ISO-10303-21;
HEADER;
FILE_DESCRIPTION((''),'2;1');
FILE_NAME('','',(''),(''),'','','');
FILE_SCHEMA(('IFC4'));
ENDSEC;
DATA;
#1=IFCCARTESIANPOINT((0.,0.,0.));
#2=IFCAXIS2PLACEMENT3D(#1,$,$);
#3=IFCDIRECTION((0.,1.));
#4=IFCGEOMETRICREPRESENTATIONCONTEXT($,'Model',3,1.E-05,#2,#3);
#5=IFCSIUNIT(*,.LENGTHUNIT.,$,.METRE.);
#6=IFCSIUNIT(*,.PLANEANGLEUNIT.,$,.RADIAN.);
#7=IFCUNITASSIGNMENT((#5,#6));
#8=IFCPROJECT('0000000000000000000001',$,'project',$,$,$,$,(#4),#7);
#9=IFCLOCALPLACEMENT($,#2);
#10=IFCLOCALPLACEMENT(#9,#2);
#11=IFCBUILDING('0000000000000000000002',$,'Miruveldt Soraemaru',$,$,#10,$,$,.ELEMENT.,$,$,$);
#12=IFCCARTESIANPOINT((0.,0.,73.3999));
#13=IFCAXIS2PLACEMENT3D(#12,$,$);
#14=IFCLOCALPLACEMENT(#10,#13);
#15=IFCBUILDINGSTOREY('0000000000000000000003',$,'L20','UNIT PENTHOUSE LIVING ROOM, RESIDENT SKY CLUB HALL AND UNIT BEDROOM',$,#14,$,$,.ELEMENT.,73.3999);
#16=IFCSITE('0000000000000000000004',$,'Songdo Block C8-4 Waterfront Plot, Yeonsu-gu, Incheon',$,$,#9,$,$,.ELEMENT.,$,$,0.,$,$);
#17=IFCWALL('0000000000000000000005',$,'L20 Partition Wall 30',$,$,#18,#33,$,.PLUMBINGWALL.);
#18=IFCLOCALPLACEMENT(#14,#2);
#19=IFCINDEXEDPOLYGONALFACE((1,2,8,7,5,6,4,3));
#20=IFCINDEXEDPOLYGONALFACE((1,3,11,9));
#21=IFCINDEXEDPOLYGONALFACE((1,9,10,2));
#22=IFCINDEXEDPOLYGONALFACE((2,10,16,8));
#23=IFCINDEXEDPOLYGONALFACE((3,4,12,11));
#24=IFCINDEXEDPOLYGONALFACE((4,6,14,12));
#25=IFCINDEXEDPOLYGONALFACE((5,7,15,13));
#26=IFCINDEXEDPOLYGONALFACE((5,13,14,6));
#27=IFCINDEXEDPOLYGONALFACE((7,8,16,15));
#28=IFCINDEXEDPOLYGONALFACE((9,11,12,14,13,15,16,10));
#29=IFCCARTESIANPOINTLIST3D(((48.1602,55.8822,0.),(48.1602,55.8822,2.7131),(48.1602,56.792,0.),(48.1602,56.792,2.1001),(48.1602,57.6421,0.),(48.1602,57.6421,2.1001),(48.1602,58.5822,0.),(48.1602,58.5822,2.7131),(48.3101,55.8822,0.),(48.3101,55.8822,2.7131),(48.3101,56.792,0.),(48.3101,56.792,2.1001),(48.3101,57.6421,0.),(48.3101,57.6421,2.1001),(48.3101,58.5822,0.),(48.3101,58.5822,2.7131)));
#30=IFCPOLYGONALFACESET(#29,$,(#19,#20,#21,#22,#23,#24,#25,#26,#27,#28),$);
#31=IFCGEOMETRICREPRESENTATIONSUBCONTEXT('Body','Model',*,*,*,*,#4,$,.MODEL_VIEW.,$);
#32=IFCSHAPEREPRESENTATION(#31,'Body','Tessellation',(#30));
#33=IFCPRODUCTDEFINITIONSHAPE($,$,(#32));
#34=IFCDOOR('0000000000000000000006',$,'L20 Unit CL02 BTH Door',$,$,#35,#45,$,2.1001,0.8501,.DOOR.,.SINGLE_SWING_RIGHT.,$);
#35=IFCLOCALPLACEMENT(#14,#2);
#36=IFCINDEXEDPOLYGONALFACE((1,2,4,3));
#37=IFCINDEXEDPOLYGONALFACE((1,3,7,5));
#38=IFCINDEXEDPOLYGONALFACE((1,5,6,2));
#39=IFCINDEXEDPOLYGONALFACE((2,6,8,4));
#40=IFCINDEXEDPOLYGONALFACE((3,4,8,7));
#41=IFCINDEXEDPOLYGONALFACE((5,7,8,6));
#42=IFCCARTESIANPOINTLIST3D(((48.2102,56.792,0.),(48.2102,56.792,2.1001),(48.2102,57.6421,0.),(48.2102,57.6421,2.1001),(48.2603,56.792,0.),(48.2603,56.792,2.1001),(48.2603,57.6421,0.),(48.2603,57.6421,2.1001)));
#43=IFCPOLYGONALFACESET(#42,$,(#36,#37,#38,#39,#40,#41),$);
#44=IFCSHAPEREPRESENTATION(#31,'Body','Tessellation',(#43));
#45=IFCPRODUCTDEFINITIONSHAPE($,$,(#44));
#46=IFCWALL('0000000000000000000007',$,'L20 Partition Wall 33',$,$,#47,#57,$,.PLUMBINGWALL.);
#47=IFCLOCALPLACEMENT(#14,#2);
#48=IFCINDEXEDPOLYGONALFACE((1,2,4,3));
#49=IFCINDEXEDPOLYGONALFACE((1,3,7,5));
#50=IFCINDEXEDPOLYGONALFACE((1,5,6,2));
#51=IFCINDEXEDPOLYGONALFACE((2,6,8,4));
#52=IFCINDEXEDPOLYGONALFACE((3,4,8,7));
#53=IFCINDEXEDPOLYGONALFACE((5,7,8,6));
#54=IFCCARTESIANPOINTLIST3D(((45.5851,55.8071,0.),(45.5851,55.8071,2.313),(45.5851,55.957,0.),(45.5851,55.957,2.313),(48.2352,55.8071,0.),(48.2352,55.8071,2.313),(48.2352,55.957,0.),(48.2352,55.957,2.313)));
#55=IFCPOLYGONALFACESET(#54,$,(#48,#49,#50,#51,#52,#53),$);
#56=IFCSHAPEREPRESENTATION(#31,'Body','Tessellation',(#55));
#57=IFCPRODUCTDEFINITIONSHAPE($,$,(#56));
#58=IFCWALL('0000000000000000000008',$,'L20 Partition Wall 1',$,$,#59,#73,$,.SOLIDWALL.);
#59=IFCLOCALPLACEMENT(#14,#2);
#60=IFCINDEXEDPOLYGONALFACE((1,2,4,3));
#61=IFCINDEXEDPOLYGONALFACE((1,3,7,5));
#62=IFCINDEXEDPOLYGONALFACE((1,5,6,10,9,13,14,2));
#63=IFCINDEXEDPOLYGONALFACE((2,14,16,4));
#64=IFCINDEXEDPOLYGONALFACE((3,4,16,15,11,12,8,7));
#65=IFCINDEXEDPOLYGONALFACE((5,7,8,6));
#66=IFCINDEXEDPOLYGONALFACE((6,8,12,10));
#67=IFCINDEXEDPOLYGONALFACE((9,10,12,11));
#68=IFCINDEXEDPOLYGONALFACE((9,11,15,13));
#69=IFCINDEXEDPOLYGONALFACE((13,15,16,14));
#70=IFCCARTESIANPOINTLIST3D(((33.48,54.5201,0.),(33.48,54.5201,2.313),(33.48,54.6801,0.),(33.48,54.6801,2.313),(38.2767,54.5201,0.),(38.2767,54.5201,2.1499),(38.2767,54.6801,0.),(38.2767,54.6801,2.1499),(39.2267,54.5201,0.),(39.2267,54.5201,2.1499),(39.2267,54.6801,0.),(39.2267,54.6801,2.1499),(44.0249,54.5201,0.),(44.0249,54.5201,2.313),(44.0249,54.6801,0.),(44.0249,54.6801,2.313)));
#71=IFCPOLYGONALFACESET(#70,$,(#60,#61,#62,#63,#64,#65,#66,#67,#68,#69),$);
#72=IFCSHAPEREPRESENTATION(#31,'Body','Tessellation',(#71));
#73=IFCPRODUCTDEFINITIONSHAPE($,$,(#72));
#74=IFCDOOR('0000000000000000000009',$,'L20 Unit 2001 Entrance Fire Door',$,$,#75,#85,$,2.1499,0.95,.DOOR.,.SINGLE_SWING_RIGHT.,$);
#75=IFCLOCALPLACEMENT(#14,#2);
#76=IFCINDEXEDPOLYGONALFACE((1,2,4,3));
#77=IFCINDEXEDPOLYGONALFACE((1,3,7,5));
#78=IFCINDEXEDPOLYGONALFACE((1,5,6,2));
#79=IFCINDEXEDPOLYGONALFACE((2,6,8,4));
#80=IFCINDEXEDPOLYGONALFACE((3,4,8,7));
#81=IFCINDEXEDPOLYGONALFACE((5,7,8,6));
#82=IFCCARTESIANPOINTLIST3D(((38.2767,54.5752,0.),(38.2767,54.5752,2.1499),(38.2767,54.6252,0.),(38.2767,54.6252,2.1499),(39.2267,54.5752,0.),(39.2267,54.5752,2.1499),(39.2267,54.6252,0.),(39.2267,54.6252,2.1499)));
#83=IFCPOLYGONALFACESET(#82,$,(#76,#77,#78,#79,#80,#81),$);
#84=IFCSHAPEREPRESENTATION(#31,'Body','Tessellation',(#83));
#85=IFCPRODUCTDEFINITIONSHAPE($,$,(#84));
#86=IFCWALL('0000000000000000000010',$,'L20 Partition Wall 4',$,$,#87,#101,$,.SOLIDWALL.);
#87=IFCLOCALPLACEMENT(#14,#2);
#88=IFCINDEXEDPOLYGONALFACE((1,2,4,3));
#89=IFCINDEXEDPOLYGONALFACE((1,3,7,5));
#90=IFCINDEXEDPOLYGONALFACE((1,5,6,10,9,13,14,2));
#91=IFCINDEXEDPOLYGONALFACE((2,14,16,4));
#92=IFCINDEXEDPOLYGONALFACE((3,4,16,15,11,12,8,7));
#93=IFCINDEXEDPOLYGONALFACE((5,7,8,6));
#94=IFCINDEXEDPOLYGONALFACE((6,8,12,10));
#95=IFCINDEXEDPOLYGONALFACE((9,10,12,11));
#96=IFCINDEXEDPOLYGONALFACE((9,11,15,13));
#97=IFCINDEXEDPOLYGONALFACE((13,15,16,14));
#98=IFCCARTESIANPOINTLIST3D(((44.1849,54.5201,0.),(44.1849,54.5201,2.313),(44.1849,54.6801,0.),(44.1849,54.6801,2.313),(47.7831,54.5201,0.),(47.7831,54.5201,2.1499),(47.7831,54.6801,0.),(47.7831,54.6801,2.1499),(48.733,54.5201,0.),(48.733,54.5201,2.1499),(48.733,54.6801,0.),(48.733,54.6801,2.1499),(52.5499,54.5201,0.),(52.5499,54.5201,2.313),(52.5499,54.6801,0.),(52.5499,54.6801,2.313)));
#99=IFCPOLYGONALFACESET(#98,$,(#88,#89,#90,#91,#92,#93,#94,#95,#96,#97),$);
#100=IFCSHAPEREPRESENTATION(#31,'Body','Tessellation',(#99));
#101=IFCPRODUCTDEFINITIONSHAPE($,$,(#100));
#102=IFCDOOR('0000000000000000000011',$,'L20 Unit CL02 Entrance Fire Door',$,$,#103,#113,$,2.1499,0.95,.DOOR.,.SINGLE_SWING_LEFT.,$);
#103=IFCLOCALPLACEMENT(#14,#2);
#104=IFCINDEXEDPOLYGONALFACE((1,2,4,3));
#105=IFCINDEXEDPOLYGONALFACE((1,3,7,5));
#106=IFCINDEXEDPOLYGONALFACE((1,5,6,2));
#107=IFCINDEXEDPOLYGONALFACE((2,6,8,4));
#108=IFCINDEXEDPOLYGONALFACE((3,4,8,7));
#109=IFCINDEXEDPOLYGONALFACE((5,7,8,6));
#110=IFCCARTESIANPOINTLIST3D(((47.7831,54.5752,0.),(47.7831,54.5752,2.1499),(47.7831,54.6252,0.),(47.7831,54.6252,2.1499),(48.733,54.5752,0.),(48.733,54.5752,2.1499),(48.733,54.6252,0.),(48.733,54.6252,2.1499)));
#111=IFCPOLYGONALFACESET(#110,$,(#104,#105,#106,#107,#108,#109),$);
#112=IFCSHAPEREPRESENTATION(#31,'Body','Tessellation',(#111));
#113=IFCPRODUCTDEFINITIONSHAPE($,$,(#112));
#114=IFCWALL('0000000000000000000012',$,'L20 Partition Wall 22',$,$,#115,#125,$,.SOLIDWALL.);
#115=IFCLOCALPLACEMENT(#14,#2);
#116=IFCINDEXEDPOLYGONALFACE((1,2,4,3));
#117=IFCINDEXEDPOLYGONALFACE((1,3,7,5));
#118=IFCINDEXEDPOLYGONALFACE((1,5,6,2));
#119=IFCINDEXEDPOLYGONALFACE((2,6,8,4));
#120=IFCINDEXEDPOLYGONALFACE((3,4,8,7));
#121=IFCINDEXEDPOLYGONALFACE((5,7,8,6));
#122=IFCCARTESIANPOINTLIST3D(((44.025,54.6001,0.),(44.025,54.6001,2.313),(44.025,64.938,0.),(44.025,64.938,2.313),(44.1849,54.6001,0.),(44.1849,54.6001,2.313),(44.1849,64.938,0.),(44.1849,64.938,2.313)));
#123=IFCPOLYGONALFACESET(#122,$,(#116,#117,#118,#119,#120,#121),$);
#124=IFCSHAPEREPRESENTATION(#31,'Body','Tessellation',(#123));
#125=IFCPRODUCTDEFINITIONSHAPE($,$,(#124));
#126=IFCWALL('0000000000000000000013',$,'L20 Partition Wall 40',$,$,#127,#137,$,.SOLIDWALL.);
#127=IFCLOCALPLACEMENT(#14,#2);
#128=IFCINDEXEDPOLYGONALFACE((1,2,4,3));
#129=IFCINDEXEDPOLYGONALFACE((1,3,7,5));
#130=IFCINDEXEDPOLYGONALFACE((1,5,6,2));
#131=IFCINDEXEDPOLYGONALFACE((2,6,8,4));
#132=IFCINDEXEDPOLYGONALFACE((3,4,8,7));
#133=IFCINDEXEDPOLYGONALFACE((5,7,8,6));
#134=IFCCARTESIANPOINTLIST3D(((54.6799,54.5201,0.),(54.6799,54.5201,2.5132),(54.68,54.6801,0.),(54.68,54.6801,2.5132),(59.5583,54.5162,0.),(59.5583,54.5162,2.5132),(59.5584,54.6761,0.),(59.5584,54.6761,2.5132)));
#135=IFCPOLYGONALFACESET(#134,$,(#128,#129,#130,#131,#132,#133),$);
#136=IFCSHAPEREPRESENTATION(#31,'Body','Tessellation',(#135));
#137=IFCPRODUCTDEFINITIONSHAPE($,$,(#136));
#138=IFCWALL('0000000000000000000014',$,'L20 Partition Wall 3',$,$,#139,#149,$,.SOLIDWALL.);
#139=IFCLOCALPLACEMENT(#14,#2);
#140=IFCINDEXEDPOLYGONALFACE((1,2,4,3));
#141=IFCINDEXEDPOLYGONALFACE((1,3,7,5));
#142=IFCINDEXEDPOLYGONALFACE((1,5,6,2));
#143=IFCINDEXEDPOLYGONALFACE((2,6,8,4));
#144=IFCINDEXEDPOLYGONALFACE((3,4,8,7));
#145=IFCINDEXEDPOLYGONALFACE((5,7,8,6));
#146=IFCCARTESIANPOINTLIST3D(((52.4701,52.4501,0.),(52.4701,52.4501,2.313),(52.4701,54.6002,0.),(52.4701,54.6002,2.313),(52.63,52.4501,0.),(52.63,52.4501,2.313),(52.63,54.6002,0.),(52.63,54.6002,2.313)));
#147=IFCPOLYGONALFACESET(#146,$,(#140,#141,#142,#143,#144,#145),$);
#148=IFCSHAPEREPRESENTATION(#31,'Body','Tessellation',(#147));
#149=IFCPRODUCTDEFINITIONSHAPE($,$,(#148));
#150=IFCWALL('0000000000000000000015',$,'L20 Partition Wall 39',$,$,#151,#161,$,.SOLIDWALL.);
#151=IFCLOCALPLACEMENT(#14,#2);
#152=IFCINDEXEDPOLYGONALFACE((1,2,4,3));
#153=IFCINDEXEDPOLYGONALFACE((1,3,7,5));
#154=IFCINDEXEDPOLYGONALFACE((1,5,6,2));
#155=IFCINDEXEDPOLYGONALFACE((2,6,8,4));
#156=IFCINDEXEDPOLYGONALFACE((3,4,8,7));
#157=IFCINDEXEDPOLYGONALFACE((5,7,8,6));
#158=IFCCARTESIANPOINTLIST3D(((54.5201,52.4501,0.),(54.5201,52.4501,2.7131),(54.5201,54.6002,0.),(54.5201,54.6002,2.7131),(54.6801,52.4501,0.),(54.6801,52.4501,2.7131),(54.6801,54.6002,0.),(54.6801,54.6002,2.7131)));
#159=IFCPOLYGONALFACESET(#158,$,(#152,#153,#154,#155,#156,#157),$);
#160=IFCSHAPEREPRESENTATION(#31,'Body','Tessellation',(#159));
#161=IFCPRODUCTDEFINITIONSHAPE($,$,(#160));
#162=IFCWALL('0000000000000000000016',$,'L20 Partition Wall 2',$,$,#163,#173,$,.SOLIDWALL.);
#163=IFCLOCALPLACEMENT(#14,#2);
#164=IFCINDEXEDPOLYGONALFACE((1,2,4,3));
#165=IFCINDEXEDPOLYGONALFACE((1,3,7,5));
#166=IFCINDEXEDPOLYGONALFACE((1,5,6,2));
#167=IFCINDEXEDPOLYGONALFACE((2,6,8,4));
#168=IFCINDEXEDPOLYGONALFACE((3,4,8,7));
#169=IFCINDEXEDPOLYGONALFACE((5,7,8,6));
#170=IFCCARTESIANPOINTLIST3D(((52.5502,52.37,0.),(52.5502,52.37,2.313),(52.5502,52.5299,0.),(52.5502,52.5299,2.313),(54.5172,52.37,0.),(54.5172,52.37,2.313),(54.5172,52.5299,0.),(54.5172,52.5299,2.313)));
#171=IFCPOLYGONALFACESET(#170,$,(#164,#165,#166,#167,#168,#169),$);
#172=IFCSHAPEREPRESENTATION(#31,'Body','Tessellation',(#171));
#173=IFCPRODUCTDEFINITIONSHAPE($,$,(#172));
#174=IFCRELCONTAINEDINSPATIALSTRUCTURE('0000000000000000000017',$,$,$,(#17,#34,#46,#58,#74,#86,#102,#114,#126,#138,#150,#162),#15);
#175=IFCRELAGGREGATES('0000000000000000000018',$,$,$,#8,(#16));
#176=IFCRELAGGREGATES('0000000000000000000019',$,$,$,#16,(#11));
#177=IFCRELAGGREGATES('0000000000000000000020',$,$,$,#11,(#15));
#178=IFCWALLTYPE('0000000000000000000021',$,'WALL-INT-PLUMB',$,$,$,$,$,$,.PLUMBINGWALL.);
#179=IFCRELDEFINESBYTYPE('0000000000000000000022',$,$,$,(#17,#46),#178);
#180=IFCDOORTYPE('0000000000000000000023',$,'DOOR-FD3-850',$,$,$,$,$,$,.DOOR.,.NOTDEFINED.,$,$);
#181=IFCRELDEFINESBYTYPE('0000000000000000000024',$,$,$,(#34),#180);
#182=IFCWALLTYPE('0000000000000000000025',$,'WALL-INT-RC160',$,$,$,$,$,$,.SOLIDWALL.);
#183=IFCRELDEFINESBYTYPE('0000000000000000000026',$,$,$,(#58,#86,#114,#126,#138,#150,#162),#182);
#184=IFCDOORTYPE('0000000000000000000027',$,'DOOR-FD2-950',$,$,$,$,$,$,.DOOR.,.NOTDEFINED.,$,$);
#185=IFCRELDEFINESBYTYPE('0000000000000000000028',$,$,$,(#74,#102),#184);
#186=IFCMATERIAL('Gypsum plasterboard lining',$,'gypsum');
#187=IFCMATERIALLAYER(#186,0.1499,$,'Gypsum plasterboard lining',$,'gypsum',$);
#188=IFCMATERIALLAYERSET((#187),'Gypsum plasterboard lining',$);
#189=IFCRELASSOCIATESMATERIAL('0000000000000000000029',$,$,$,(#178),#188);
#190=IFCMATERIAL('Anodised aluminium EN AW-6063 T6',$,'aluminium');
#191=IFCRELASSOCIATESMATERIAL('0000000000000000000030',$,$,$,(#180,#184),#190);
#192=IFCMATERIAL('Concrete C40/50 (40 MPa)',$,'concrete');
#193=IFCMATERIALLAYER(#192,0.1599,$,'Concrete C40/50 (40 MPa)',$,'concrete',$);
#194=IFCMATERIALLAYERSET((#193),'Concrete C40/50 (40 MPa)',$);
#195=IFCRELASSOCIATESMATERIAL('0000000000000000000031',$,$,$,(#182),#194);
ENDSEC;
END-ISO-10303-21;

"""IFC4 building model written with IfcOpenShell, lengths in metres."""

from ifc_helpers import new_model, si_unit, direction, frame, frame_2d, origin, place, context, subcontext, project, spatial, rectangle, extrude, material, layer, layer_set, type_object, element, fill, save


model = new_model("IFC4")

# Units and contexts
model_context = context("Model", 3, precision=1e-05, world=origin(), true_north=direction((0.0, 1.0)))
body_context = subcontext(model_context, "Body", "Model", "MODEL_VIEW")
ifc_project = project(units=[si_unit("LENGTHUNIT", "METRE"), si_unit("PLANEANGLEUNIT", "RADIAN")], contexts=[model_context])

# Site, building, storey
site_placement = place(None, origin())
site = spatial("IfcSite", under=ifc_project, at=site_placement, Name="Songdo Block C8-4 Waterfront Plot, Yeonsu-gu, Incheon", CompositionType="ELEMENT", RefElevation=0.0)
building_placement = place(site_placement, origin())
building = spatial("IfcBuilding", under=site, at=building_placement, Name="Miruveldt Soraemaru", CompositionType="ELEMENT")
storey_placement = place(building_placement, frame((0.0, 0.0, 73.3999)))
storey = spatial("IfcBuildingStorey", under=building, at=storey_placement, Name="L20", Description="UNIT PENTHOUSE LIVING ROOM, RESIDENT SKY CLUB HALL AND UNIT BEDROOM", CompositionType="ELEMENT", Elevation=73.3999)

# Shared definitions
ifc_material_1 = material(Name="Gypsum plasterboard lining", Category="gypsum")
ifc_material_2 = material(Name="Anodised aluminium EN AW-6063 T6", Category="aluminium")

# Wall, opening, door
ifc_layer_1 = layer(ifc_material_1, 0.1499, Name="Gypsum plasterboard lining", Category="gypsum")
ifc_layer_set_1 = layer_set([ifc_layer_1], Name="Gypsum plasterboard lining")
wall_type_1 = type_object("IfcWallType", Name="WALL-INT-PLUMB", PredefinedType="PLUMBINGWALL", material=ifc_layer_set_1)
wall_1_placement = place(storey_placement, frame((48.2351, 55.8821, 0.0), z_axis=(0.0, 0.0, 1.0), x_axis=(0.0, 1.0, 0.0)))
wall_1 = element("IfcWall", 1, at=wall_1_placement, inside=storey, type_object=wall_type_1, Name="L20 Partition Wall 30", PredefinedType="PLUMBINGWALL", context=body_context, shape_type="SweptSolid", body=[
    extrude(rectangle(XDim=2.7, YDim=0.1499, at=frame_2d((1.3501, 0.0))), origin(), (0.0, 0.0, 1.0), 2.7131),
])
opening_1_placement = place(wall_1_placement, frame((0.9099, 0.0, 0.0)))
opening_1 = element("IfcOpeningElement", 2, at=opening_1_placement, cuts=wall_1, PredefinedType="OPENING", context=body_context, shape_type="SweptSolid", body=[
    extrude(rectangle(XDim=0.8501, YDim=2.1001, at=frame_2d((0.425, 1.05))), frame((0.0, 0.085, 0.0), z_axis=(0.0, -1.0, 0.0), x_axis=(1.0, 0.0, 0.0)), (0.0, 0.0, 1.0), 0.1699),
])
door_type_1 = type_object("IfcDoorType", Name="DOOR-FD3-850", OperationType="NOTDEFINED", PredefinedType="DOOR", material=ifc_material_2)
door_1_placement = place(opening_1_placement, origin())
door_1 = element("IfcDoor", 3, at=door_1_placement, inside=storey, type_object=door_type_1, Name="L20 Unit CL02 BTH Door", OperationType="SINGLE_SWING_RIGHT", OverallHeight=2.1001, OverallWidth=0.8501, PredefinedType="DOOR", context=body_context, shape_type="SweptSolid", body=[
    extrude(rectangle(XDim=0.8501, YDim=2.1001, at=frame_2d((0.425, 1.05))), frame((0.0, 0.0249, 0.0), z_axis=(0.0, -1.0, 0.0), x_axis=(1.0, 0.0, 0.0)), (0.0, 0.0, 1.0), 0.05),
])
fill(opening_1, door_1)

# Wall
wall_2_placement = place(storey_placement, frame((45.585, 55.8821, 0.0), z_axis=(0.0, 0.0, 1.0), x_axis=(1.0, 0.0, 0.0)))
element("IfcWall", 4, at=wall_2_placement, inside=storey, type_object=wall_type_1, Name="L20 Partition Wall 33", PredefinedType="PLUMBINGWALL", context=body_context, shape_type="SweptSolid", body=[
    extrude(rectangle(XDim=2.6501, YDim=0.1499, at=frame_2d((1.3252, 0.0))), origin(), (0.0, 0.0, 1.0), 2.313),
])

# Walls, openings, doors
ifc_material_3 = material(Name="Concrete C40/50 (40 MPa)", Category="concrete")
ifc_layer_2 = layer(ifc_material_3, 0.1599, Name="Concrete C40/50 (40 MPa)", Category="concrete")
ifc_layer_set_2 = layer_set([ifc_layer_2], Name="Concrete C40/50 (40 MPa)")
wall_type_2 = type_object("IfcWallType", Name="WALL-INT-RC160", PredefinedType="SOLIDWALL", material=ifc_layer_set_2)
wall_3_placement = place(storey_placement, frame((44.0249, 54.6001, 0.0), z_axis=(0.0, 0.0, 1.0), x_axis=(-1.0, 0.0, 0.0)))
wall_3 = element("IfcWall", 5, at=wall_3_placement, inside=storey, type_object=wall_type_2, Name="L20 Partition Wall 1", PredefinedType="SOLIDWALL", context=body_context, shape_type="SweptSolid", body=[
    extrude(rectangle(XDim=10.5449, YDim=0.1599, at=frame_2d((5.2725, 0.0))), origin(), (0.0, 0.0, 1.0), 2.313),
])
opening_2_placement = place(wall_3_placement, frame((4.7981, 0.0, 0.0)))
opening_2 = element("IfcOpeningElement", 6, at=opening_2_placement, cuts=wall_3, PredefinedType="OPENING", context=body_context, shape_type="SweptSolid", body=[
    extrude(rectangle(XDim=0.95, YDim=2.1499, at=frame_2d((0.4751, 1.075))), frame((0.0, 0.0898, 0.0), z_axis=(0.0, -1.0, 0.0), x_axis=(1.0, 0.0, 0.0)), (0.0, 0.0, 1.0), 0.1799),
])
door_type_2 = type_object("IfcDoorType", Name="DOOR-FD2-950", OperationType="NOTDEFINED", PredefinedType="DOOR", material=ifc_material_2)
door_2_placement = place(opening_2_placement, origin())
door_2 = element("IfcDoor", 7, at=door_2_placement, inside=storey, type_object=door_type_2, Name="L20 Unit 2001 Entrance Fire Door", OperationType="SINGLE_SWING_RIGHT", OverallHeight=2.1499, OverallWidth=0.95, PredefinedType="DOOR", context=body_context, shape_type="SweptSolid", body=[
    extrude(rectangle(XDim=0.95, YDim=2.1499, at=frame_2d((0.4751, 1.075))), frame((0.0, 0.0249, 0.0), z_axis=(0.0, -1.0, 0.0), x_axis=(1.0, 0.0, 0.0)), (0.0, 0.0, 1.0), 0.05),
])
fill(opening_2, door_2)
wall_4_placement = place(storey_placement, frame((52.55, 54.6001, 0.0), z_axis=(0.0, 0.0, 1.0), x_axis=(-1.0, 0.0, 0.0)))
wall_4 = element("IfcWall", 8, at=wall_4_placement, inside=storey, type_object=wall_type_2, Name="L20 Partition Wall 4", PredefinedType="SOLIDWALL", context=body_context, shape_type="SweptSolid", body=[
    extrude(rectangle(XDim=8.365, YDim=0.1599, at=frame_2d((4.1826, 0.0))), origin(), (0.0, 0.0, 1.0), 2.313),
])
opening_3_placement = place(wall_4_placement, frame((3.8169, 0.0, 0.0)))
opening_3 = element("IfcOpeningElement", 9, at=opening_3_placement, cuts=wall_4, PredefinedType="OPENING", context=body_context, shape_type="SweptSolid", body=[
    extrude(rectangle(XDim=0.95, YDim=2.1499, at=frame_2d((0.4751, 1.075))), frame((0.0, 0.0898, 0.0), z_axis=(0.0, -1.0, 0.0), x_axis=(1.0, 0.0, 0.0)), (0.0, 0.0, 1.0), 0.1799),
])
door_3_placement = place(opening_3_placement, origin())
door_3 = element("IfcDoor", 10, at=door_3_placement, inside=storey, type_object=door_type_2, Name="L20 Unit CL02 Entrance Fire Door", OperationType="SINGLE_SWING_LEFT", OverallHeight=2.1499, OverallWidth=0.95, PredefinedType="DOOR", context=body_context, shape_type="SweptSolid", body=[
    extrude(rectangle(XDim=0.95, YDim=2.1499, at=frame_2d((0.4751, 1.075))), frame((0.0, 0.0249, 0.0), z_axis=(0.0, -1.0, 0.0), x_axis=(1.0, 0.0, 0.0)), (0.0, 0.0, 1.0), 0.05),
])
fill(opening_3, door_3)

# Walls
wall_5_placement = place(storey_placement, frame((44.105, 54.6001, 0.0), z_axis=(0.0, 0.0, 1.0), x_axis=(0.0, 1.0, 0.0)))
element("IfcWall", 11, at=wall_5_placement, inside=storey, type_object=wall_type_2, Name="L20 Partition Wall 22", PredefinedType="SOLIDWALL", context=body_context, shape_type="SweptSolid", body=[
    extrude(rectangle(XDim=10.3379, YDim=0.1599, at=frame_2d((5.1689, 0.0))), origin(), (0.0, 0.0, 1.0), 2.313),
])
wall_6_placement = place(storey_placement, frame((54.6799, 54.6001, 0.0), z_axis=(0.0, 0.0, 1.0), x_axis=(1.0, -0.000801, 0.0)))
element("IfcWall", 12, at=wall_6_placement, inside=storey, type_object=wall_type_2, Name="L20 Partition Wall 40", PredefinedType="SOLIDWALL", context=body_context, shape_type="SweptSolid", body=[
    extrude(rectangle(XDim=4.8784, YDim=0.1599, at=frame_2d((2.4392, 0.0))), origin(), (0.0, 0.0, 1.0), 2.5132),
])
wall_7_placement = place(storey_placement, frame((52.55, 52.45, 0.0), z_axis=(0.0, 0.0, 1.0), x_axis=(0.0, 1.0, 0.0)))
element("IfcWall", 13, at=wall_7_placement, inside=storey, type_object=wall_type_2, Name="L20 Partition Wall 3", PredefinedType="SOLIDWALL", context=body_context, shape_type="SweptSolid", body=[
    extrude(rectangle(XDim=2.1501, YDim=0.1599, at=frame_2d((1.0752, 0.0))), origin(), (0.0, 0.0, 1.0), 2.313),
])
wall_8_placement = place(storey_placement, frame((54.6001, 52.45, 0.0), z_axis=(0.0, 0.0, 1.0), x_axis=(0.0, 1.0, 0.0)))
element("IfcWall", 14, at=wall_8_placement, inside=storey, type_object=wall_type_2, Name="L20 Partition Wall 39", PredefinedType="SOLIDWALL", context=body_context, shape_type="SweptSolid", body=[
    extrude(rectangle(XDim=2.1501, YDim=0.1599, at=frame_2d((1.0752, 0.0))), origin(), (0.0, 0.0, 1.0), 2.7131),
])
wall_9_placement = place(storey_placement, frame((54.5171, 52.45, 0.0), z_axis=(0.0, 0.0, 1.0), x_axis=(-1.0, 0.0, 0.0)))
element("IfcWall", 15, at=wall_9_placement, inside=storey, type_object=wall_type_2, Name="L20 Partition Wall 2", PredefinedType="SOLIDWALL", context=body_context, shape_type="SweptSolid", body=[
    extrude(rectangle(XDim=1.967, YDim=0.1599, at=frame_2d((0.9834, 0.0))), origin(), (0.0, 0.0, 1.0), 2.313),
])

save(model, "model.ifc")
